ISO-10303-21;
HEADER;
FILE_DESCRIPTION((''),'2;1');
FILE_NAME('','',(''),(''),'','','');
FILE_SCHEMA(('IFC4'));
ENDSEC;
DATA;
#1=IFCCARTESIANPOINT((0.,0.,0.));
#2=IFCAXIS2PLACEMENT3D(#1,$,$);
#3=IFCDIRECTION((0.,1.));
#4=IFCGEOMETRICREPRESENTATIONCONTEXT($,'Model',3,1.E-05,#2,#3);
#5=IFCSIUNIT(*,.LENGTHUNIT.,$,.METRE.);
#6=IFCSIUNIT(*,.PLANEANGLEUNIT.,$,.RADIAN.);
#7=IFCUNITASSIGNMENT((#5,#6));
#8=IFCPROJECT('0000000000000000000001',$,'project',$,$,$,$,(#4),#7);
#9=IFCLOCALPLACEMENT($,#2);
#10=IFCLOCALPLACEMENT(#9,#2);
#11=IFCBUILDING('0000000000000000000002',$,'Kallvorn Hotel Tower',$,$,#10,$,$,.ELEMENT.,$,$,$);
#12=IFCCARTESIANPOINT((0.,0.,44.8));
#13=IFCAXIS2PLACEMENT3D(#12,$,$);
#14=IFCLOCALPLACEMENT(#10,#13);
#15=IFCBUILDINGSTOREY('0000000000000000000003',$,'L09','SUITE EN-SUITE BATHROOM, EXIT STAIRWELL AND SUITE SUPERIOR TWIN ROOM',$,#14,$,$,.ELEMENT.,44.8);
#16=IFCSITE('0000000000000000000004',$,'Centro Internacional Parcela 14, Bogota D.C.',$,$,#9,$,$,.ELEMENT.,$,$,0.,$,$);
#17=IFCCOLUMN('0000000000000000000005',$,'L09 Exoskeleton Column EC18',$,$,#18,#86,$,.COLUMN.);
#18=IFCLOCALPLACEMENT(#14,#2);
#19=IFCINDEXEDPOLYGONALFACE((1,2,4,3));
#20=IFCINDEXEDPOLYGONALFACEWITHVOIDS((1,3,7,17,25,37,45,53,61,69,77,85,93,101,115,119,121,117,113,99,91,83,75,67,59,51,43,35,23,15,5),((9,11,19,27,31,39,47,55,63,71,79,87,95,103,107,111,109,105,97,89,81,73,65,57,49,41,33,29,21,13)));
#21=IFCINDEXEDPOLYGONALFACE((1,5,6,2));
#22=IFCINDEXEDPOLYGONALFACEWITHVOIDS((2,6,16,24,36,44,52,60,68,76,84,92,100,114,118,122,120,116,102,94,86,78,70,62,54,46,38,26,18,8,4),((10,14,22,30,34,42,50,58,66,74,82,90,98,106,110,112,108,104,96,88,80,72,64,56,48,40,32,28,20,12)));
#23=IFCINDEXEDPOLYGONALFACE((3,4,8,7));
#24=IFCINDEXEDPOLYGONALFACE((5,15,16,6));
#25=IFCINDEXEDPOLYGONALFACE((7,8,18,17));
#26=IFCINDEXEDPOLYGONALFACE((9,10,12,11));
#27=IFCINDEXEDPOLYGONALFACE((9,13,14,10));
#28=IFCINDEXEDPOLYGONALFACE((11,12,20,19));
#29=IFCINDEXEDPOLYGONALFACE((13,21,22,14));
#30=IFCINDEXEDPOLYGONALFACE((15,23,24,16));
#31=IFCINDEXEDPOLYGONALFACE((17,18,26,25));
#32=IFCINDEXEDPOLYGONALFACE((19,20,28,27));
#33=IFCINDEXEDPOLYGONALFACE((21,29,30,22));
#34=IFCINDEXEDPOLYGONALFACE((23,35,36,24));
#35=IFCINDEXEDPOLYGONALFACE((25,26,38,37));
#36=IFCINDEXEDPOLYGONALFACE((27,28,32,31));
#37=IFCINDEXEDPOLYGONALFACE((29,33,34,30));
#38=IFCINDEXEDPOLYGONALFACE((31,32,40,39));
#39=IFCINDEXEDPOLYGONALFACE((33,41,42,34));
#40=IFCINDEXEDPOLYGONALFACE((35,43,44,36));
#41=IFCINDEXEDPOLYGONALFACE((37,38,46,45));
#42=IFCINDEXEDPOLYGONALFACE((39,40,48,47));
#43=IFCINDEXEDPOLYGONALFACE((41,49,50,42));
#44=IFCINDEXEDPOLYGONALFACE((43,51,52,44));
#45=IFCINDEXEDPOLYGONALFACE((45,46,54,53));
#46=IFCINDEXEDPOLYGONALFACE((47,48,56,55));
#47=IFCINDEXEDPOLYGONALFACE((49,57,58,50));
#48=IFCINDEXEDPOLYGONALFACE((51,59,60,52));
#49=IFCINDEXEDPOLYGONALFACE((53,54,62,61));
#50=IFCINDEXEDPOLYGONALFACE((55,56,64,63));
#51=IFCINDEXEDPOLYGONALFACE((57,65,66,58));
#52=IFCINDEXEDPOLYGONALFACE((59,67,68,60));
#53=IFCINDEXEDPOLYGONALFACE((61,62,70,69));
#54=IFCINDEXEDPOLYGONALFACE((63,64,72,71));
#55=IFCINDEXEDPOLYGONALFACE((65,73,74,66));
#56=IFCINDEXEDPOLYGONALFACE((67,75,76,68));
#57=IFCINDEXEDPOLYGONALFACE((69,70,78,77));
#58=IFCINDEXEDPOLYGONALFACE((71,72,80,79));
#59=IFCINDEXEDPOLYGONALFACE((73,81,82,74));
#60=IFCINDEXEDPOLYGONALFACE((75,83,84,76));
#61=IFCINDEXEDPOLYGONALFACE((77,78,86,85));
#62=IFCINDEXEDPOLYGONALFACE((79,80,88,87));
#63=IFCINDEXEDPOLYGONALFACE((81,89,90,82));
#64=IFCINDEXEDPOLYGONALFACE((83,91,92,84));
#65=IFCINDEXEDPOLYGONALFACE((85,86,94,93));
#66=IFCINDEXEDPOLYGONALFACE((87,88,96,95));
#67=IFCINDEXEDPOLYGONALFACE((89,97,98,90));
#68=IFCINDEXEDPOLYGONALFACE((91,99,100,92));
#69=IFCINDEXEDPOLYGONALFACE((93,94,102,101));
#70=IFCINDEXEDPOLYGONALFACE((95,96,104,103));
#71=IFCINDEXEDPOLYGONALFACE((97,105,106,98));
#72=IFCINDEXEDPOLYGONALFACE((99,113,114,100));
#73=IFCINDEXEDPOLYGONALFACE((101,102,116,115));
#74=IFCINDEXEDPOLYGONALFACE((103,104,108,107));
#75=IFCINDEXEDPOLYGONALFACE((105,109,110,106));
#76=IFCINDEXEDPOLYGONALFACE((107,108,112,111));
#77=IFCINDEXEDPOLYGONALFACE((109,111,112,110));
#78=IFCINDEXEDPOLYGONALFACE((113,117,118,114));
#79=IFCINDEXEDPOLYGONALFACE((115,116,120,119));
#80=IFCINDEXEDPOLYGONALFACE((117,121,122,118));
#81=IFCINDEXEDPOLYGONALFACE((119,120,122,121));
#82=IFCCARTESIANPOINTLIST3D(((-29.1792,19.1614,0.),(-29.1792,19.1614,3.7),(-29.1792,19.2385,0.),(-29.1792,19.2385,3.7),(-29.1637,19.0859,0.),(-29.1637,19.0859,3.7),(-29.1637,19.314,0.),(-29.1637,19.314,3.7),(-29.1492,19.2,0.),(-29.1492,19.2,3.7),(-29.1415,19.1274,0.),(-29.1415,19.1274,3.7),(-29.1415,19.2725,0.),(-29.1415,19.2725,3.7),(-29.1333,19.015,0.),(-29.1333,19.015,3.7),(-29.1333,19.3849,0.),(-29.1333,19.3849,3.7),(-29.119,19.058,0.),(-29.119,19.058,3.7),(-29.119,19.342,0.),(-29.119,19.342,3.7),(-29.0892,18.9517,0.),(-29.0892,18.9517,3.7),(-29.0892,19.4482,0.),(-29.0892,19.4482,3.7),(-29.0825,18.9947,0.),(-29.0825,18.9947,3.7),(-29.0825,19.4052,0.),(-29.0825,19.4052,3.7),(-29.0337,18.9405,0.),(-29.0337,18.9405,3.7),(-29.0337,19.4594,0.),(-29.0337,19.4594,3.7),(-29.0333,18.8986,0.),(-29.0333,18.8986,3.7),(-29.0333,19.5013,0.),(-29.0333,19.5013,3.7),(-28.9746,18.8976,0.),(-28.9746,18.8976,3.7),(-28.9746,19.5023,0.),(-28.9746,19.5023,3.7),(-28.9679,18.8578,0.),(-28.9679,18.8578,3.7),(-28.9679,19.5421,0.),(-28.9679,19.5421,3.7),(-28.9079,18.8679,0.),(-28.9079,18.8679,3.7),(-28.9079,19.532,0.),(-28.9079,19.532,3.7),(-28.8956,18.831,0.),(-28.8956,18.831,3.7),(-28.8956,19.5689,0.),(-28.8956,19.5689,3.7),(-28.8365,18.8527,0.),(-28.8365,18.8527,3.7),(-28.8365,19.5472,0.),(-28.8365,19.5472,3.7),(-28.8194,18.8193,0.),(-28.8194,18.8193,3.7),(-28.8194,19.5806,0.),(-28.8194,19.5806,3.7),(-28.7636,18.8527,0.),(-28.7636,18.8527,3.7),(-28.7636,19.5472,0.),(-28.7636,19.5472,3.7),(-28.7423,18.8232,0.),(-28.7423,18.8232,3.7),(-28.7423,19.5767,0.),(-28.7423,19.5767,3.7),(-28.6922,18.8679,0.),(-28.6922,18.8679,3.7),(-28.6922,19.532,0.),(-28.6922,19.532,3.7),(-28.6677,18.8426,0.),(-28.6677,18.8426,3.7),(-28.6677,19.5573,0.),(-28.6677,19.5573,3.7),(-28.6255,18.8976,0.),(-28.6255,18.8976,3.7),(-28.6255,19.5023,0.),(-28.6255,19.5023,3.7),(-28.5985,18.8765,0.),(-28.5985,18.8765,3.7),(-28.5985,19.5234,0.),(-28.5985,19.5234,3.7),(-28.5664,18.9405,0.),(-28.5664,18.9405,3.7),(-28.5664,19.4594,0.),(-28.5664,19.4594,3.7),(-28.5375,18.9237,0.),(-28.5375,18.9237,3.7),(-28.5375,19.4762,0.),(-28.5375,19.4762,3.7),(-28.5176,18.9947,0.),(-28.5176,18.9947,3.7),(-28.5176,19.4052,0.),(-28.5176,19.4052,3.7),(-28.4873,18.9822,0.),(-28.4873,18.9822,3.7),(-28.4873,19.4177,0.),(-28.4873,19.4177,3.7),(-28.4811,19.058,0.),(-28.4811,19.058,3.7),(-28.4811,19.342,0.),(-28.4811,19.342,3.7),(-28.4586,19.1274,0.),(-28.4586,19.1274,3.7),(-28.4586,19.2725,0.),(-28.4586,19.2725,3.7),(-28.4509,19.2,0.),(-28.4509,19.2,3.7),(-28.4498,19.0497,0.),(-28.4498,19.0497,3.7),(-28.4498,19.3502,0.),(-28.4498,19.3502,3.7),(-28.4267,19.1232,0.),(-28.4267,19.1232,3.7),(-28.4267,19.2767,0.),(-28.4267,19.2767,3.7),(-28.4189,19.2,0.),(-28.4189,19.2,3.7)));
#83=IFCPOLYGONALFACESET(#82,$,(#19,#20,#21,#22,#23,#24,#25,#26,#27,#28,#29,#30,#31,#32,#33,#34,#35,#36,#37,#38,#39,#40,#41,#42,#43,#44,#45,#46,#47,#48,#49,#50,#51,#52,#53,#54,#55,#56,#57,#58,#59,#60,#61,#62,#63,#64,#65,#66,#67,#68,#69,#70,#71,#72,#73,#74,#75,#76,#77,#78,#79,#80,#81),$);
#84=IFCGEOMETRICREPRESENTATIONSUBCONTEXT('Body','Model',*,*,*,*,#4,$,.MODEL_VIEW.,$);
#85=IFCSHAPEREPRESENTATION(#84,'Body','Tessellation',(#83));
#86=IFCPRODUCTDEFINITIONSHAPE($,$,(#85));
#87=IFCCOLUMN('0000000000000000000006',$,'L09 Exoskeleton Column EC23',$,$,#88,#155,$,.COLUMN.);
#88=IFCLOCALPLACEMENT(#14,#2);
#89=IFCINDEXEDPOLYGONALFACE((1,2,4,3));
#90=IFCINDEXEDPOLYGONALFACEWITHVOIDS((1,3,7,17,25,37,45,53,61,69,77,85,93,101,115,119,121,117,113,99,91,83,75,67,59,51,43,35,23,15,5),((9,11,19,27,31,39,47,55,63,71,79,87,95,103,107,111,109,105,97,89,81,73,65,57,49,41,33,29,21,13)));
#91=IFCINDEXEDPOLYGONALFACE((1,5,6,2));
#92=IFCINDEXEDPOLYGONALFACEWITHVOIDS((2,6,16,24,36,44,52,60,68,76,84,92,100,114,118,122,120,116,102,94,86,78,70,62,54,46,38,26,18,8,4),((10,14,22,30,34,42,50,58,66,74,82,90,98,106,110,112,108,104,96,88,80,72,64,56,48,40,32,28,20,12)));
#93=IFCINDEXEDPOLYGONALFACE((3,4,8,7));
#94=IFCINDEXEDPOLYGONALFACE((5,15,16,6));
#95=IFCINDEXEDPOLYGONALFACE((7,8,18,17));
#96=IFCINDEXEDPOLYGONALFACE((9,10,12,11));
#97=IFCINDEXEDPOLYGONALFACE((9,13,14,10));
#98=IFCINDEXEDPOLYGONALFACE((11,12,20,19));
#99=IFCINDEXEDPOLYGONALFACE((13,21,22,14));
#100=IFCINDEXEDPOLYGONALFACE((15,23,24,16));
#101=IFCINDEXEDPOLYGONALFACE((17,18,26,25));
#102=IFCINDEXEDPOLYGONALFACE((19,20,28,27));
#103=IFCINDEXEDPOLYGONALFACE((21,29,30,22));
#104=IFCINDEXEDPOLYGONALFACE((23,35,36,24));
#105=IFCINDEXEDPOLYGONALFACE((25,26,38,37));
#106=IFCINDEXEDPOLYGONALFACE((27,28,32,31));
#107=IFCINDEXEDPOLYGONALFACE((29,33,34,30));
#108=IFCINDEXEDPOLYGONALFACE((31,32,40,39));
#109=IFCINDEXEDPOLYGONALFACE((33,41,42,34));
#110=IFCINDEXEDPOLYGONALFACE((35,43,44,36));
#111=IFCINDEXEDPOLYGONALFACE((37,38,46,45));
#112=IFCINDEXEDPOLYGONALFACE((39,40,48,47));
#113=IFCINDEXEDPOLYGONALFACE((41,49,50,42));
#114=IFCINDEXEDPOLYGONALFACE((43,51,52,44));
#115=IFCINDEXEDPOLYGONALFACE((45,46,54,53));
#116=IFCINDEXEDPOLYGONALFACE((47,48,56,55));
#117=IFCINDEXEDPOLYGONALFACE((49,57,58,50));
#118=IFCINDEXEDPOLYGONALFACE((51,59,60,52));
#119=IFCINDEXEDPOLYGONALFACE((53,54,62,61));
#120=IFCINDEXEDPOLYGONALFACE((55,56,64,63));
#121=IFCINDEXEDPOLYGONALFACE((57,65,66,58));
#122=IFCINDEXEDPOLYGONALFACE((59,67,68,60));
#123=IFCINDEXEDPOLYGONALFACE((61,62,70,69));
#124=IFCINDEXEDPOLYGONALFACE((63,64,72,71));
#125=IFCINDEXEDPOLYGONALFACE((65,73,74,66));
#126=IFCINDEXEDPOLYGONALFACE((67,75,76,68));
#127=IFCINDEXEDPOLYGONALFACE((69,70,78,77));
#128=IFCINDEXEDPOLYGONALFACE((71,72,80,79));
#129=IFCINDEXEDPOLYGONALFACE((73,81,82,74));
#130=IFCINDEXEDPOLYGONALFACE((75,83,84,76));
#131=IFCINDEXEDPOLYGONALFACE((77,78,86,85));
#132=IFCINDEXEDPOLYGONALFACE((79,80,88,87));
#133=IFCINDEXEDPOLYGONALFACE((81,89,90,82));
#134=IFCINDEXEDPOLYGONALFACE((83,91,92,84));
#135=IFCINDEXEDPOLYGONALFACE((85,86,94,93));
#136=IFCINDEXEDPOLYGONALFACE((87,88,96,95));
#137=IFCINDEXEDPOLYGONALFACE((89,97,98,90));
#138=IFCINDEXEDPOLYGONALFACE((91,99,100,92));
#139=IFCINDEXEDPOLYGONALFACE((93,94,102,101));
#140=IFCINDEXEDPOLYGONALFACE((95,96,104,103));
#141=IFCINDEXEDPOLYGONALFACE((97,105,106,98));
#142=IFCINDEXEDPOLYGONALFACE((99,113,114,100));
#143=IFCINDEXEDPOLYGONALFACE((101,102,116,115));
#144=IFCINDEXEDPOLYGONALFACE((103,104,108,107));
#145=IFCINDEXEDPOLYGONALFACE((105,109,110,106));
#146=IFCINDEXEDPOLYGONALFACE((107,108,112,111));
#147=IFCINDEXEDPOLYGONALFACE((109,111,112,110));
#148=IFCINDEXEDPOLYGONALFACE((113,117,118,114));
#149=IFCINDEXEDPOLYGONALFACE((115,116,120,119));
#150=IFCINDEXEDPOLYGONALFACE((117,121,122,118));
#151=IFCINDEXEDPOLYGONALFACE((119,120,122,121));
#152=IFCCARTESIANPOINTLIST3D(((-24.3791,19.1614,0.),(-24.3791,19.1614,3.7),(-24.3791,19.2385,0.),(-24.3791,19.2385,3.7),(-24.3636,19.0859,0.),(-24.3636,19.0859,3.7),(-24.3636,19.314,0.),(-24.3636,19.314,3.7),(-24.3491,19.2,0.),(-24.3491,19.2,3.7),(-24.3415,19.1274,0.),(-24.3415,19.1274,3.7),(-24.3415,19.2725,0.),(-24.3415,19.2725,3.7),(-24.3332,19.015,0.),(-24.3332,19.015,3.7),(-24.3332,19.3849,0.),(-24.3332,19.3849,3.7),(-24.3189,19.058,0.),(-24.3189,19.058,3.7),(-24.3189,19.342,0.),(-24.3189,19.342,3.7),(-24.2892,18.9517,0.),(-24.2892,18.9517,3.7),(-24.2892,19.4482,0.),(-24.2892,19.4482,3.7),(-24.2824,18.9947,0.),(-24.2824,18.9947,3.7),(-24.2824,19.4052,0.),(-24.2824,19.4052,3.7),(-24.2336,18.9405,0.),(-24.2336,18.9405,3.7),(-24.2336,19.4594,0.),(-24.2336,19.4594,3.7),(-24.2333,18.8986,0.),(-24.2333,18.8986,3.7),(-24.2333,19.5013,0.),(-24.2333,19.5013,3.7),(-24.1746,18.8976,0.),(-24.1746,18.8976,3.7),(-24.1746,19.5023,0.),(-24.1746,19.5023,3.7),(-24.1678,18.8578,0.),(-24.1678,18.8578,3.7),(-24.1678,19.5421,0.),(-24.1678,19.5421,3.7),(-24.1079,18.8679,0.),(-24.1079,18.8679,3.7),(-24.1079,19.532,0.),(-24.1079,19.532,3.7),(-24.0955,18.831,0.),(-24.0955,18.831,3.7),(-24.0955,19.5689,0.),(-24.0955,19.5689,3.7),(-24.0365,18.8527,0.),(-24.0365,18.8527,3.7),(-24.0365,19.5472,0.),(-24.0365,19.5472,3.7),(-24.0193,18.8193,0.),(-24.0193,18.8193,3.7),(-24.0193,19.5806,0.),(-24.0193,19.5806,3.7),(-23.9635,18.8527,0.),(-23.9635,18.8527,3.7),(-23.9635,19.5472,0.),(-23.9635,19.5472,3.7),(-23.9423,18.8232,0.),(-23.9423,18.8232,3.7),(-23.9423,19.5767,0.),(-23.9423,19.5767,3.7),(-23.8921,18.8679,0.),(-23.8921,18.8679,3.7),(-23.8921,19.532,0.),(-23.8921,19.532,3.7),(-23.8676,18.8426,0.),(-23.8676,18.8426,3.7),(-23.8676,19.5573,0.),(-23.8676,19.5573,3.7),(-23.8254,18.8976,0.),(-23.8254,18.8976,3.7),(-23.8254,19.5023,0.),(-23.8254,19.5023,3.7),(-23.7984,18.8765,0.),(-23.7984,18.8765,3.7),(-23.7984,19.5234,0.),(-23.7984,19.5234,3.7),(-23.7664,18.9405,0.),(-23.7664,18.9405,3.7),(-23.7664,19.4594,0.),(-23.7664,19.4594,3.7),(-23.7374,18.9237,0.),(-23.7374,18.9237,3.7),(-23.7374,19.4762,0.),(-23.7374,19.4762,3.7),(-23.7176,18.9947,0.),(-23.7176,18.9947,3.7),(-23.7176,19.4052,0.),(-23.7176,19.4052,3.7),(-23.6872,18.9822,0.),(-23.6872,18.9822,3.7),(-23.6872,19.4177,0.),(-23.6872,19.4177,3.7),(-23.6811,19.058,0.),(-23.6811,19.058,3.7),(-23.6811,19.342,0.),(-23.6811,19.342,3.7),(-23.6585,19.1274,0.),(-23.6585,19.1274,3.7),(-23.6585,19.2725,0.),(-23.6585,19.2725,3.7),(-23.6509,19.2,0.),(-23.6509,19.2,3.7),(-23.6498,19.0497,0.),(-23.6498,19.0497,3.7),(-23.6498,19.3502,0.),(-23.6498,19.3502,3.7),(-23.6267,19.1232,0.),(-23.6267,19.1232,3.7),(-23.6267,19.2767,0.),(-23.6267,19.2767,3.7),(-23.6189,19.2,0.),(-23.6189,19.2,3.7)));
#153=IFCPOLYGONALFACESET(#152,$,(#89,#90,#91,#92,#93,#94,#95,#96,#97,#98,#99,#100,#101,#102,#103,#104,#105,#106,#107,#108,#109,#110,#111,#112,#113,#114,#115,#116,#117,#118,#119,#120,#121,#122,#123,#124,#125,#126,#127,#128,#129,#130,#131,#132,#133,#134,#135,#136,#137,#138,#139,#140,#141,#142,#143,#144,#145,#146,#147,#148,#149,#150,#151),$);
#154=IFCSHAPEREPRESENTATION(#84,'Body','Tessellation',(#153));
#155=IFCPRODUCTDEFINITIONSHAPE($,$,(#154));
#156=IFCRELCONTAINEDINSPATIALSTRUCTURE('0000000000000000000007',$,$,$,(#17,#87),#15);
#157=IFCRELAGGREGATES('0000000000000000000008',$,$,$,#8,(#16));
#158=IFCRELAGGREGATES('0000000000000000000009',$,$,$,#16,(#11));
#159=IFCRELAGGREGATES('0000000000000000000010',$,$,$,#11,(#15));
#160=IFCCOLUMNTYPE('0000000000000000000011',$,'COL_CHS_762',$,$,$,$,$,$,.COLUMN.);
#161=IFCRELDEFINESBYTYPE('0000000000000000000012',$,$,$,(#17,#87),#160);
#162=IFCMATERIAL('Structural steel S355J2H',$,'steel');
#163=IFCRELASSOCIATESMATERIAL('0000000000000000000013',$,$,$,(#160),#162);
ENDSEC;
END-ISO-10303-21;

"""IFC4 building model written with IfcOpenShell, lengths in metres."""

from ifc_helpers import new_model, si_unit, direction, frame, origin, origin_2d, place, context, subcontext, project, spatial, hollow_circle, extrude, material, material_profile, profile_set, type_object, element, save


model = new_model("IFC4")

# Units and contexts
model_context = context("Model", 3, precision=1e-05, world=origin(), true_north=direction((0.0, 1.0)))
body_context = subcontext(model_context, "Body", "Model", "MODEL_VIEW")
ifc_project = project(units=[si_unit("LENGTHUNIT", "METRE"), si_unit("PLANEANGLEUNIT", "RADIAN")], contexts=[model_context])

# Site, building, storey
site_placement = place(None, origin())
site = spatial("IfcSite", under=ifc_project, at=site_placement, Name="Centro Internacional Parcela 14, Bogota D.C.", CompositionType="ELEMENT", RefElevation=0.0)
building_placement = place(site_placement, origin())
building = spatial("IfcBuilding", under=site, at=building_placement, Name="Kallvorn Hotel Tower", CompositionType="ELEMENT")
storey_placement = place(building_placement, frame((0.0, 0.0, 44.8)))
storey = spatial("IfcBuildingStorey", under=building, at=storey_placement, Name="L09", Description="SUITE EN-SUITE BATHROOM, EXIT STAIRWELL AND SUITE SUPERIOR TWIN ROOM", CompositionType="ELEMENT", Elevation=44.8)

# Columns
ifc_material_1 = material(Name="Structural steel S355J2H", Category="steel")
ifc_material_profile_1 = material_profile(ifc_material_1, hollow_circle(Radius=0.3811, WallThickness=0.032, at=origin_2d()), Name="CHS 762x32")
ifc_profile_set_1 = profile_set([ifc_material_profile_1], Name="Structural steel S355J2H")
column_type_1 = type_object("IfcColumnType", Name="COL_CHS_762", PredefinedType="COLUMN", material=ifc_profile_set_1)
for number, where, z_axis, x_axis, name in (
    (1, (-28.8, 19.2, 0.0), (0.0, 0.0, 1.0), (1.0, 0.0, 0.0), "L09 Exoskeleton Column EC18"),
    (2, (-24.0, 19.2, 0.0), (0.0, 0.0, 1.0), (1.0, 0.0, 0.0), "L09 Exoskeleton Column EC23"),
):
    element("IfcColumn", number, at=place(storey_placement, frame(where, z_axis=z_axis, x_axis=x_axis)), inside=storey, type_object=column_type_1, Name=name, PredefinedType="COLUMN", context=body_context, shape_type="SweptSolid", body=[
        extrude(hollow_circle(Radius=0.3811, WallThickness=0.032, at=origin_2d()), origin(), (0.0, 0.0, 1.0), 3.7),
    ])

save(model, "model.ifc")
